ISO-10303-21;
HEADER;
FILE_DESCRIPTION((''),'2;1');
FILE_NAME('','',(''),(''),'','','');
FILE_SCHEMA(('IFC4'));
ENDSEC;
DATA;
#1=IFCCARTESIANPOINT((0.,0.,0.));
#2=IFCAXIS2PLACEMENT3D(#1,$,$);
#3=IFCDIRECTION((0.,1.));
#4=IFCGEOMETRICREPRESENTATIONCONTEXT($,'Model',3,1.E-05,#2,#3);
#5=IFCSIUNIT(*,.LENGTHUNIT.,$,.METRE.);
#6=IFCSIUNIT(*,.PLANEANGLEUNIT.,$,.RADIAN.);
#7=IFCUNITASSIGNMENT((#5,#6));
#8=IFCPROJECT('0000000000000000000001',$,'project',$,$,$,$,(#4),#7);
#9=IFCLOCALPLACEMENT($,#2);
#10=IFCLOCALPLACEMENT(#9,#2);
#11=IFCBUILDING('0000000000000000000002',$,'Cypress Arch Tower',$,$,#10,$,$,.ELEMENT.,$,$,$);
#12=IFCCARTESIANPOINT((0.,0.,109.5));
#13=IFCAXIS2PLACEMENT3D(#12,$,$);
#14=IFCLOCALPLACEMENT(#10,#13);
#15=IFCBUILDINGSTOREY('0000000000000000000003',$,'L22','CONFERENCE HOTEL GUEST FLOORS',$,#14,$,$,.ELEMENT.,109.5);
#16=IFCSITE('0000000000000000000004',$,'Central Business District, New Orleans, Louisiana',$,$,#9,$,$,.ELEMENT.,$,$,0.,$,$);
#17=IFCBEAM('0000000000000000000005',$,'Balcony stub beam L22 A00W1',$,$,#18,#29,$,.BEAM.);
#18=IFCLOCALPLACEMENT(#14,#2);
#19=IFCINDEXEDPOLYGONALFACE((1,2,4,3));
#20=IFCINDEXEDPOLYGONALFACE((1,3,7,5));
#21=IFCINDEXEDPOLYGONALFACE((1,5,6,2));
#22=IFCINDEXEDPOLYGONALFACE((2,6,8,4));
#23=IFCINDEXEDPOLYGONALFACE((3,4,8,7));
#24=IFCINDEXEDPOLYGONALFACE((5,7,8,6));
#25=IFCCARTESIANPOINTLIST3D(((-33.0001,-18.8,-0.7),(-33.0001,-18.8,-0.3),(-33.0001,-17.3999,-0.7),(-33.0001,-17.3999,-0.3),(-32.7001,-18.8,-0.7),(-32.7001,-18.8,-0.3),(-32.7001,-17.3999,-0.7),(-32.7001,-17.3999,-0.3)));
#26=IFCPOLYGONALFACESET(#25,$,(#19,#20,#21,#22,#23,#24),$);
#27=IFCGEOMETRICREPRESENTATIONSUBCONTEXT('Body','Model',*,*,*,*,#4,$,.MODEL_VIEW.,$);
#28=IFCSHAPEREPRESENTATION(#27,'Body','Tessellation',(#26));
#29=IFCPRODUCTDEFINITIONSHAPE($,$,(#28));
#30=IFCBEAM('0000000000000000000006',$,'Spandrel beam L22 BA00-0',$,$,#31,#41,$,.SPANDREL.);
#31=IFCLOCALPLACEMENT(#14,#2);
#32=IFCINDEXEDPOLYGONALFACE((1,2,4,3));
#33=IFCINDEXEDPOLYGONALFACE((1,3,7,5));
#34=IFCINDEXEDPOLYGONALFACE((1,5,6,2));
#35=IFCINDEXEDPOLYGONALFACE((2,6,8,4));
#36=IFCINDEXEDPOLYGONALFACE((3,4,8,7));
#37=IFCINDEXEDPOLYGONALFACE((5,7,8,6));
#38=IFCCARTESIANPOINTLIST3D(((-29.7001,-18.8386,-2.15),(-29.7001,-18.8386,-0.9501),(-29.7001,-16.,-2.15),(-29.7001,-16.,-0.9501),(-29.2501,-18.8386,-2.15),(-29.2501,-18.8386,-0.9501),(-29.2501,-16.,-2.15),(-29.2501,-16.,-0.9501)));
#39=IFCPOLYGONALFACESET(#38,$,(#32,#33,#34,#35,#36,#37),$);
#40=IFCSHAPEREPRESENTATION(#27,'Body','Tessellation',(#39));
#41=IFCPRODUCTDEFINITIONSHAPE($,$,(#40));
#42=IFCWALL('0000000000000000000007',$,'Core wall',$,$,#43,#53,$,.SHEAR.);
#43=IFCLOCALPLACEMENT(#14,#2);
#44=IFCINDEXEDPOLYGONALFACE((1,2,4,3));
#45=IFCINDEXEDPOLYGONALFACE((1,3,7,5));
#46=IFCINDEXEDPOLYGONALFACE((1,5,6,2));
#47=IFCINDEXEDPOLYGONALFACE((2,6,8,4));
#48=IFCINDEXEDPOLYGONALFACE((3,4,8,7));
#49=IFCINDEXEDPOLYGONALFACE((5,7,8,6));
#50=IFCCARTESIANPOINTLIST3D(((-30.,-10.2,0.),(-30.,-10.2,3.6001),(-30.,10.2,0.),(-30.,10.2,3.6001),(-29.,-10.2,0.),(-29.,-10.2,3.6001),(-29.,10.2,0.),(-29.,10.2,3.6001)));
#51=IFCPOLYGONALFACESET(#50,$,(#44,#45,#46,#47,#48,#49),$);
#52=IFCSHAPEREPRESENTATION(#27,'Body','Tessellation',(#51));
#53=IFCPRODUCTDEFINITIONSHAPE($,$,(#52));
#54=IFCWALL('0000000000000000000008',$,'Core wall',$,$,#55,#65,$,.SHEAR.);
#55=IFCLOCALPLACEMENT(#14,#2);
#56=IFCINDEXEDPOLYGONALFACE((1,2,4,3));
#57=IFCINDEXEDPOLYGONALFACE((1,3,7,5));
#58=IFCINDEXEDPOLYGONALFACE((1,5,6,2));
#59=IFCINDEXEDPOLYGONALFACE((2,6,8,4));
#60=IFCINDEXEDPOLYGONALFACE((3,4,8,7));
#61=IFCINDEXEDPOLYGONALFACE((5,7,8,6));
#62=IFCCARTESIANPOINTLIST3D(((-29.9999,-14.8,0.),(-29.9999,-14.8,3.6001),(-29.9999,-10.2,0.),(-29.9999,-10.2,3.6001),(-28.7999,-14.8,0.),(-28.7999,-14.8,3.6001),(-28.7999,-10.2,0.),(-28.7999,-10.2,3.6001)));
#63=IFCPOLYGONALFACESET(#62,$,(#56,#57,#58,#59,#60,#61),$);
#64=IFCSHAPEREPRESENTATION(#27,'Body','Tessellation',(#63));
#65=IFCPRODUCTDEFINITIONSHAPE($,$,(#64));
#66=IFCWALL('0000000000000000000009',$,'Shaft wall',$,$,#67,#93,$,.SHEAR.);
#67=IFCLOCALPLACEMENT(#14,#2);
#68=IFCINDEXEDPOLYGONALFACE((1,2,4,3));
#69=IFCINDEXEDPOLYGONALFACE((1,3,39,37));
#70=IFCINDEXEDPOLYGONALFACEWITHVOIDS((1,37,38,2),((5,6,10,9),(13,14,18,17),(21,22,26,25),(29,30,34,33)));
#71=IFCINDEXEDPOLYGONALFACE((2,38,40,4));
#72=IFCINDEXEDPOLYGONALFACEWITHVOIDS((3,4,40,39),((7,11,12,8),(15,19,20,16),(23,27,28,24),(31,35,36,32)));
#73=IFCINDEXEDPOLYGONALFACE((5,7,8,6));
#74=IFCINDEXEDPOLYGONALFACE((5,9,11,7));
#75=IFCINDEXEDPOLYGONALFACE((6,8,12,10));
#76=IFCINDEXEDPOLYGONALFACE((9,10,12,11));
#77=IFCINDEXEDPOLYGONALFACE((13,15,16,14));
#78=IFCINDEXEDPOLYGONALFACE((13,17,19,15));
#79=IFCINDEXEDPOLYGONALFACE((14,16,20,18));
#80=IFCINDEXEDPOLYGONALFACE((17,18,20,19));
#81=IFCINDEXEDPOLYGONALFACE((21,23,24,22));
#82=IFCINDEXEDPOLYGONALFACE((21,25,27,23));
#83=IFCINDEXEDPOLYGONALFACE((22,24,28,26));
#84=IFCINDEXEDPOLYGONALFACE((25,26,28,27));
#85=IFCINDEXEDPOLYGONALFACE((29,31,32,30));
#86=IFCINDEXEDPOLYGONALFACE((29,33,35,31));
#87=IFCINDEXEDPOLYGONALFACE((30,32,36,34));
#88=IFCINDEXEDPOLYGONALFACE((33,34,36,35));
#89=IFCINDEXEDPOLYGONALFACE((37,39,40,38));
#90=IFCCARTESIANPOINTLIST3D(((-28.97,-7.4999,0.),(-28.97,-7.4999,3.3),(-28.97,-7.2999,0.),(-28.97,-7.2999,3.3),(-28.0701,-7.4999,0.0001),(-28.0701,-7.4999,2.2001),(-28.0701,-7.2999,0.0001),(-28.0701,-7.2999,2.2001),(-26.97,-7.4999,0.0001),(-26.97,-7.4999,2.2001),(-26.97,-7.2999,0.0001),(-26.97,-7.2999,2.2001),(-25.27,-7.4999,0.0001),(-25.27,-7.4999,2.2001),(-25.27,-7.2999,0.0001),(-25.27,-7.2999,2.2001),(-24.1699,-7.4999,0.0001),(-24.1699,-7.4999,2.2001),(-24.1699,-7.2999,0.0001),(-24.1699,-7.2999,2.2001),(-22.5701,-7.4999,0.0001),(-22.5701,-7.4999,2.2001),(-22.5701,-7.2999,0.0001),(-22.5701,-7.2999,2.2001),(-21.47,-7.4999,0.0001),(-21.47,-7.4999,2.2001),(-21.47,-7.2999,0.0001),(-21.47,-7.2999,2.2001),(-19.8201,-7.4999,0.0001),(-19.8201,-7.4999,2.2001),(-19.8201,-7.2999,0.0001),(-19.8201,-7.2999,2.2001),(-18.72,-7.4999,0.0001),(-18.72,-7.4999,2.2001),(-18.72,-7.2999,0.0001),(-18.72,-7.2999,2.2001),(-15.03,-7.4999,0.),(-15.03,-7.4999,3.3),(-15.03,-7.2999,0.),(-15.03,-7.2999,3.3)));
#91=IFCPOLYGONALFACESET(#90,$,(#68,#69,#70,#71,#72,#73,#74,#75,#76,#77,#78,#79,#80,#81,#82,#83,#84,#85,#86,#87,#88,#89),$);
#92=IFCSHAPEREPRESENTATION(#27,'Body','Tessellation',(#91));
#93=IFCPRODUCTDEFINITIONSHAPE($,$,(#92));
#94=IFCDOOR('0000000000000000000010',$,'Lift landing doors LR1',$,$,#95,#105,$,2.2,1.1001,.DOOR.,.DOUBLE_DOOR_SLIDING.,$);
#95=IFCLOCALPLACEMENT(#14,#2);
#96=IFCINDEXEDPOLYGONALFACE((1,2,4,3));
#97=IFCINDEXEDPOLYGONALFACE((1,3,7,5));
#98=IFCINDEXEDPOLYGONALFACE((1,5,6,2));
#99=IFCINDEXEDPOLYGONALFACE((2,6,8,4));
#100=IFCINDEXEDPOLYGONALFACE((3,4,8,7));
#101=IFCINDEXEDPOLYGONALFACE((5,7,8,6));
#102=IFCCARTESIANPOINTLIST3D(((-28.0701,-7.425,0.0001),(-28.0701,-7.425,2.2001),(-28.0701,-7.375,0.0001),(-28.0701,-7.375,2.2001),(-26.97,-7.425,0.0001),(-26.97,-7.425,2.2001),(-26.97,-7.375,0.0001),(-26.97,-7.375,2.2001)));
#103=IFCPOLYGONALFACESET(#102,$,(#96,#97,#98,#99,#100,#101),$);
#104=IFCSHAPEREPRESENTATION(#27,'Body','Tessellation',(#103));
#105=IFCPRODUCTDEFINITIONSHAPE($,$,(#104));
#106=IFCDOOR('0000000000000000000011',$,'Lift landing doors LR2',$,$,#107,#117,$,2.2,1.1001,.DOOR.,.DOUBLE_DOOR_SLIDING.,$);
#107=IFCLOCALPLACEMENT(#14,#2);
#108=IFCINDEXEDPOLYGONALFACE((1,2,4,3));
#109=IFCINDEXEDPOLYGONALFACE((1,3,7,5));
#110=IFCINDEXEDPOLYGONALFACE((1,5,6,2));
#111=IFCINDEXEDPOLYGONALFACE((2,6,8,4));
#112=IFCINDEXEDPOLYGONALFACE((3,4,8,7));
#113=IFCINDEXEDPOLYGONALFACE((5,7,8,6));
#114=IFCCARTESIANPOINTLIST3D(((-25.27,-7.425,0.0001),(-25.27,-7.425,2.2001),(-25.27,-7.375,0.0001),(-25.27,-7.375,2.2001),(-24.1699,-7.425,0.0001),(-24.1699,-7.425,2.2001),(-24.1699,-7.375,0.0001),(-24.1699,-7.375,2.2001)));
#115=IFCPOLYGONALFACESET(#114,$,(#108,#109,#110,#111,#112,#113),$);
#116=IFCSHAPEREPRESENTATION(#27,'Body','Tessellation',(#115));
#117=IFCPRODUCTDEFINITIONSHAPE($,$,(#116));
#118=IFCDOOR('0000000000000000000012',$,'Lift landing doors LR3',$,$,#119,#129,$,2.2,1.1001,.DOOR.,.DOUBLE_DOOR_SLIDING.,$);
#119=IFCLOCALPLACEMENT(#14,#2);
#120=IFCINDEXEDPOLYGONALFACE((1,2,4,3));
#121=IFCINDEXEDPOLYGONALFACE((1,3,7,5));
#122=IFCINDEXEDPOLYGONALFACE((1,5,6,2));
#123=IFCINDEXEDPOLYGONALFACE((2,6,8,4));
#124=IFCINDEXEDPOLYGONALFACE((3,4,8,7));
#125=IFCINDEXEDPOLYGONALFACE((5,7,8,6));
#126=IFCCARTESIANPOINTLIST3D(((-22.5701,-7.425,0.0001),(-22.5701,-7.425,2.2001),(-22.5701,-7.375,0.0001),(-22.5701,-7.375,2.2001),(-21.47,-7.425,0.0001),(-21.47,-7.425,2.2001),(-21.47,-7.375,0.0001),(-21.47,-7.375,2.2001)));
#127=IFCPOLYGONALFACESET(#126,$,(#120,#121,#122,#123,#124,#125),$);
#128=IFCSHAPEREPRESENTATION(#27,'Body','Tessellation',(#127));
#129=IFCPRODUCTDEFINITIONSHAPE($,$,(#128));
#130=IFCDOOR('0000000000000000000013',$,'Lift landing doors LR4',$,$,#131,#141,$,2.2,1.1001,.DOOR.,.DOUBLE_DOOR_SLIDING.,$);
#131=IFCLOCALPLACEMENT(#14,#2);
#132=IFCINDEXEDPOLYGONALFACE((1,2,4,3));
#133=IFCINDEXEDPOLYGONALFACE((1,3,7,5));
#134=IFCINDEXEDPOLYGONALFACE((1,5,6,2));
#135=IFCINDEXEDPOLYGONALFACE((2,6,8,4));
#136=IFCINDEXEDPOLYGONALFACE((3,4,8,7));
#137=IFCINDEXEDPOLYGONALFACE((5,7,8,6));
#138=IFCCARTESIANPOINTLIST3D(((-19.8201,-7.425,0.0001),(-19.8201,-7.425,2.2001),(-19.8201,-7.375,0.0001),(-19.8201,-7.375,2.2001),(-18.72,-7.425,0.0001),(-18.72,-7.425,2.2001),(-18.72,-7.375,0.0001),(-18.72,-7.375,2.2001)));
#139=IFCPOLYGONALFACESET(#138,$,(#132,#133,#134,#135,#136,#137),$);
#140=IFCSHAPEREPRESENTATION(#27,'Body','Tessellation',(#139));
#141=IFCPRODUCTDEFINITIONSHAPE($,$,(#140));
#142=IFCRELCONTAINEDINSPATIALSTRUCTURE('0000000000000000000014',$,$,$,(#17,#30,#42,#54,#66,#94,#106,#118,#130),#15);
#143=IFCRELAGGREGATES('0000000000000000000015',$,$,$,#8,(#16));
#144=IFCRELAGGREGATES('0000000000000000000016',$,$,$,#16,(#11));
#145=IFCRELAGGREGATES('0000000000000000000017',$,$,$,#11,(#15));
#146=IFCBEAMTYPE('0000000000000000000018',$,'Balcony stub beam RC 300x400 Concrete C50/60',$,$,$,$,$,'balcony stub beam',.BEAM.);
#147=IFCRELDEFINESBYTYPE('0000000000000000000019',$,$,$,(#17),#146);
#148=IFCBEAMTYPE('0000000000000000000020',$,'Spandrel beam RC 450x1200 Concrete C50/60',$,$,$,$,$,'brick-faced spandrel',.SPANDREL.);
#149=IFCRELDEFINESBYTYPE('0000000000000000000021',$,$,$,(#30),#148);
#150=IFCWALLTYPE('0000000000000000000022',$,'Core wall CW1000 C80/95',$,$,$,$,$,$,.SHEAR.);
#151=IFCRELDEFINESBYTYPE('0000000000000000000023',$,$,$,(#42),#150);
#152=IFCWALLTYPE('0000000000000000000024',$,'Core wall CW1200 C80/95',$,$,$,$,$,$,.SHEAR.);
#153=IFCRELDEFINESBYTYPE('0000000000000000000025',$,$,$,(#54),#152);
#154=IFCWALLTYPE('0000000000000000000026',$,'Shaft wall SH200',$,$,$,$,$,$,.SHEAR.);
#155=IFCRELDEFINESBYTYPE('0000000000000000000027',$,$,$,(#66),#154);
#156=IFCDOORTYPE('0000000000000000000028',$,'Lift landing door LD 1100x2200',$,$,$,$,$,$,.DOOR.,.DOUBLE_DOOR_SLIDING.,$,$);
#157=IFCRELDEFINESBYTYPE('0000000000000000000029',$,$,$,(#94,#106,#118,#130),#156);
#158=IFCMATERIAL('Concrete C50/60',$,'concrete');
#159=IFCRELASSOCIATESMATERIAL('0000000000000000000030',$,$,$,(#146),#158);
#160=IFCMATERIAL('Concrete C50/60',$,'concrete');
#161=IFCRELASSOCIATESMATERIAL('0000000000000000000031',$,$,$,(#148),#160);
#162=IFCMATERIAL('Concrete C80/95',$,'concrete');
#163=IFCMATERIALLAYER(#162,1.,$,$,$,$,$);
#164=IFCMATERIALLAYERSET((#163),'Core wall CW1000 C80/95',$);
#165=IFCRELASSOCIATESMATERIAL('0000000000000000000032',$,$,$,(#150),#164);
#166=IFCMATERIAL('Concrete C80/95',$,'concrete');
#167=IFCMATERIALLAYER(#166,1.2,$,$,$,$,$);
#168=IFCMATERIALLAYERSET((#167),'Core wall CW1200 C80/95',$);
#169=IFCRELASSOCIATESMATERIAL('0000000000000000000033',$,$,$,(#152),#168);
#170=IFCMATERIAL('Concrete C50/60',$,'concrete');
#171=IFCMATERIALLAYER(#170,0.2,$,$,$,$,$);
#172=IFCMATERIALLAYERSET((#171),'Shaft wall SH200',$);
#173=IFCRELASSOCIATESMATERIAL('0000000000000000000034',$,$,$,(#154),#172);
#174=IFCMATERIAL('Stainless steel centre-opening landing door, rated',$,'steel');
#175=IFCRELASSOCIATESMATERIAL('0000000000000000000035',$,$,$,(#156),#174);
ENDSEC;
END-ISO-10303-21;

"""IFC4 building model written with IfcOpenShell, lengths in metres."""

from ifc_helpers import new_model, si_unit, direction, frame, frame_2d, origin, origin_2d, place, context, subcontext, project, spatial, rectangle, extrude, material, layer, layer_set, material_profile, profile_set, type_object, element, fill, save


model = new_model("IFC4")

# Units and contexts
model_context = context("Model", 3, precision=1e-05, world=origin(), true_north=direction((0.0, 1.0)))
body_context = subcontext(model_context, "Body", "Model", "MODEL_VIEW")
ifc_project = project(units=[si_unit("LENGTHUNIT", "METRE"), si_unit("PLANEANGLEUNIT", "RADIAN")], contexts=[model_context])

# Site, building, storey
site_placement = place(None, origin())
site = spatial("IfcSite", under=ifc_project, at=site_placement, Name="Central Business District, New Orleans, Louisiana", CompositionType="ELEMENT", RefElevation=0.0)
building_placement = place(site_placement, origin())
building = spatial("IfcBuilding", under=site, at=building_placement, Name="Cypress Arch Tower", CompositionType="ELEMENT")
storey_placement = place(building_placement, frame((0.0, 0.0, 109.5)))
storey = spatial("IfcBuildingStorey", under=building, at=storey_placement, Name="L22", Description="CONFERENCE HOTEL GUEST FLOORS", CompositionType="ELEMENT", Elevation=109.5)

# Beams
ifc_material_1 = material(Name="Concrete C50/60", Category="concrete")
ifc_material_profile_1 = material_profile(ifc_material_1, rectangle(XDim=0.3, YDim=0.3999, at=origin_2d()), Name="RC 300x400")
ifc_profile_set_1 = profile_set([ifc_material_profile_1], Name="Concrete C50/60")
beam_type_1 = type_object("IfcBeamType", Name="Balcony stub beam RC 300x400 Concrete C50/60", ElementType="balcony stub beam", PredefinedType="BEAM", material=ifc_profile_set_1)
beam_1_placement = place(storey_placement, frame((-32.8501, -17.3999, -0.5), z_axis=(0.0, -1.0, 0.0), x_axis=(1.0, 0.0, 0.0)))
element("IfcBeam", 1, at=beam_1_placement, inside=storey, type_object=beam_type_1, Name="Balcony stub beam L22 A00W1", PredefinedType="BEAM", context=body_context, shape_type="SweptSolid", body=[
    extrude(rectangle(XDim=0.3, YDim=0.3999, at=origin_2d()), origin(), (0.0, 0.0, 1.0), 1.4001),
])
ifc_material_2 = material(Name="Concrete C50/60", Category="concrete")
ifc_material_profile_2 = material_profile(ifc_material_2, rectangle(XDim=0.45, YDim=1.2, at=origin_2d()), Name="RC 450x1200")
ifc_profile_set_2 = profile_set([ifc_material_profile_2], Name="Concrete C50/60")
beam_type_2 = type_object("IfcBeamType", Name="Spandrel beam RC 450x1200 Concrete C50/60", ElementType="brick-faced spandrel", PredefinedType="SPANDREL", material=ifc_profile_set_2)
beam_2_placement = place(storey_placement, frame((-29.4751, -16.0, -1.55), z_axis=(0.0, -1.0, 0.0), x_axis=(1.0, 0.0, 0.0)))
element("IfcBeam", 2, at=beam_2_placement, inside=storey, type_object=beam_type_2, Name="Spandrel beam L22 BA00-0", PredefinedType="SPANDREL", context=body_context, shape_type="SweptSolid", body=[
    extrude(rectangle(XDim=0.45, YDim=1.2, at=origin_2d()), origin(), (0.0, 0.0, 1.0), 2.8386),
])

# Wall
ifc_material_3 = material(Name="Concrete C80/95", Category="concrete")
ifc_layer_1 = layer(ifc_material_3, 1.0)
ifc_layer_set_1 = layer_set([ifc_layer_1], Name="Core wall CW1000 C80/95")
wall_type_1 = type_object("IfcWallType", Name="Core wall CW1000 C80/95", PredefinedType="SHEAR", material=ifc_layer_set_1)
wall_1_placement = place(storey_placement, frame((-29.5, -10.2, 0.0), z_axis=(0.0, 0.0, 1.0), x_axis=(0.0, 1.0, 0.0)))
element("IfcWall", 3, at=wall_1_placement, inside=storey, type_object=wall_type_1, Name="Core wall", PredefinedType="SHEAR", context=body_context, shape_type="SweptSolid", body=[
    extrude(rectangle(XDim=20.3999, YDim=1.0, at=frame_2d((10.2, 0.0))), origin(), (0.0, 0.0, 1.0), 3.6001),
])

# Shared definitions
ifc_material_4 = material(Name="Concrete C80/95", Category="concrete")
ifc_layer_2 = layer(ifc_material_4, 1.2)
ifc_layer_set_2 = layer_set([ifc_layer_2], Name="Core wall CW1200 C80/95")
wall_type_2 = type_object("IfcWallType", Name="Core wall CW1200 C80/95", PredefinedType="SHEAR", material=ifc_layer_set_2)

# Wall
wall_2_placement = place(storey_placement, frame((-29.3999, -14.8, 0.0), z_axis=(0.0, 0.0, 1.0), x_axis=(0.0, 1.0, 0.0)))
element("IfcWall", 4, at=wall_2_placement, inside=storey, type_object=wall_type_2, Name="Core wall", PredefinedType="SHEAR", context=body_context, shape_type="SweptSolid", body=[
    extrude(rectangle(XDim=4.6001, YDim=1.2, at=frame_2d((2.3, 0.0))), origin(), (0.0, 0.0, 1.0), 3.6001),
])

# Wall, openings, doors
ifc_material_5 = material(Name="Concrete C50/60", Category="concrete")
ifc_layer_3 = layer(ifc_material_5, 0.2)
ifc_layer_set_3 = layer_set([ifc_layer_3], Name="Shaft wall SH200")
wall_type_3 = type_object("IfcWallType", Name="Shaft wall SH200", PredefinedType="SHEAR", material=ifc_layer_set_3)
wall_3_placement = place(storey_placement, frame((-28.97, -7.3999, 0.0), z_axis=(0.0, 0.0, 1.0), x_axis=(1.0, 0.0, 0.0)))
wall_3 = element("IfcWall", 5, at=wall_3_placement, inside=storey, type_object=wall_type_3, Name="Shaft wall", PredefinedType="SHEAR", context=body_context, shape_type="SweptSolid", body=[
    extrude(rectangle(XDim=13.9399, YDim=0.2, at=frame_2d((6.97, 0.0))), origin(), (0.0, 0.0, 1.0), 3.3),
])
opening_1_placement = place(wall_3_placement, frame((0.8999, 0.0, 0.0)))
opening_1 = element("IfcOpeningElement", 6, at=opening_1_placement, cuts=wall_3, PredefinedType="OPENING", context=body_context, shape_type="SweptSolid", body=[
    extrude(rectangle(XDim=1.1001, YDim=2.2, at=frame_2d((0.55, 1.1001))), frame((0.0, 0.1099, 0.0), z_axis=(0.0, -1.0, 0.0), x_axis=(1.0, 0.0, 0.0)), (0.0, 0.0, 1.0), 0.22),
])
opening_2_placement = place(wall_3_placement, frame((3.7, 0.0, 0.0)))
opening_2 = element("IfcOpeningElement", 7, at=opening_2_placement, cuts=wall_3, PredefinedType="OPENING", context=body_context, shape_type="SweptSolid", body=[
    extrude(rectangle(XDim=1.1001, YDim=2.2, at=frame_2d((0.55, 1.1001))), frame((0.0, 0.1099, 0.0), z_axis=(0.0, -1.0, 0.0), x_axis=(1.0, 0.0, 0.0)), (0.0, 0.0, 1.0), 0.22),
])
opening_3_placement = place(wall_3_placement, frame((6.3999, 0.0, 0.0)))
opening_3 = element("IfcOpeningElement", 8, at=opening_3_placement, cuts=wall_3, PredefinedType="OPENING", context=body_context, shape_type="SweptSolid", body=[
    extrude(rectangle(XDim=1.1001, YDim=2.2, at=frame_2d((0.55, 1.1001))), frame((0.0, 0.1099, 0.0), z_axis=(0.0, -1.0, 0.0), x_axis=(1.0, 0.0, 0.0)), (0.0, 0.0, 1.0), 0.22),
])
opening_4_placement = place(wall_3_placement, frame((9.1499, 0.0, 0.0)))
opening_4 = element("IfcOpeningElement", 9, at=opening_4_placement, cuts=wall_3, PredefinedType="OPENING", context=body_context, shape_type="SweptSolid", body=[
    extrude(rectangle(XDim=1.1001, YDim=2.2, at=frame_2d((0.55, 1.1001))), frame((0.0, 0.1099, 0.0), z_axis=(0.0, -1.0, 0.0), x_axis=(1.0, 0.0, 0.0)), (0.0, 0.0, 1.0), 0.22),
])
ifc_material_6 = material(Name="Stainless steel centre-opening landing door, rated", Category="steel")
door_type_1 = type_object("IfcDoorType", Name="Lift landing door LD 1100x2200", OperationType="DOUBLE_DOOR_SLIDING", PredefinedType="DOOR", material=ifc_material_6)
door_1_placement = place(opening_1_placement, origin())
door_1 = element("IfcDoor", 10, at=door_1_placement, inside=storey, type_object=door_type_1, Name="Lift landing doors LR1", OperationType="DOUBLE_DOOR_SLIDING", OverallHeight=2.2, OverallWidth=1.1001, PredefinedType="DOOR", context=body_context, shape_type="SweptSolid", body=[
    extrude(rectangle(XDim=1.1001, YDim=2.2, at=frame_2d((0.55, 1.1001))), frame((0.0, 0.0249, 0.0), z_axis=(0.0, -1.0, 0.0), x_axis=(1.0, 0.0, 0.0)), (0.0, 0.0, 1.0), 0.05),
])
fill(opening_1, door_1)
door_2_placement = place(opening_2_placement, origin())
door_2 = element("IfcDoor", 11, at=door_2_placement, inside=storey, type_object=door_type_1, Name="Lift landing doors LR2", OperationType="DOUBLE_DOOR_SLIDING", OverallHeight=2.2, OverallWidth=1.1001, PredefinedType="DOOR", context=body_context, shape_type="SweptSolid", body=[
    extrude(rectangle(XDim=1.1001, YDim=2.2, at=frame_2d((0.55, 1.1001))), frame((0.0, 0.0249, 0.0), z_axis=(0.0, -1.0, 0.0), x_axis=(1.0, 0.0, 0.0)), (0.0, 0.0, 1.0), 0.05),
])
fill(opening_2, door_2)
door_3_placement = place(opening_3_placement, origin())
door_3 = element("IfcDoor", 12, at=door_3_placement, inside=storey, type_object=door_type_1, Name="Lift landing doors LR3", OperationType="DOUBLE_DOOR_SLIDING", OverallHeight=2.2, OverallWidth=1.1001, PredefinedType="DOOR", context=body_context, shape_type="SweptSolid", body=[
    extrude(rectangle(XDim=1.1001, YDim=2.2, at=frame_2d((0.55, 1.1001))), frame((0.0, 0.0249, 0.0), z_axis=(0.0, -1.0, 0.0), x_axis=(1.0, 0.0, 0.0)), (0.0, 0.0, 1.0), 0.05),
])
fill(opening_3, door_3)
door_4_placement = place(opening_4_placement, origin())
door_4 = element("IfcDoor", 13, at=door_4_placement, inside=storey, type_object=door_type_1, Name="Lift landing doors LR4", OperationType="DOUBLE_DOOR_SLIDING", OverallHeight=2.2, OverallWidth=1.1001, PredefinedType="DOOR", context=body_context, shape_type="SweptSolid", body=[
    extrude(rectangle(XDim=1.1001, YDim=2.2, at=frame_2d((0.55, 1.1001))), frame((0.0, 0.0249, 0.0), z_axis=(0.0, -1.0, 0.0), x_axis=(1.0, 0.0, 0.0)), (0.0, 0.0, 1.0), 0.05),
])
fill(opening_4, door_4)

save(model, "model.ifc")
